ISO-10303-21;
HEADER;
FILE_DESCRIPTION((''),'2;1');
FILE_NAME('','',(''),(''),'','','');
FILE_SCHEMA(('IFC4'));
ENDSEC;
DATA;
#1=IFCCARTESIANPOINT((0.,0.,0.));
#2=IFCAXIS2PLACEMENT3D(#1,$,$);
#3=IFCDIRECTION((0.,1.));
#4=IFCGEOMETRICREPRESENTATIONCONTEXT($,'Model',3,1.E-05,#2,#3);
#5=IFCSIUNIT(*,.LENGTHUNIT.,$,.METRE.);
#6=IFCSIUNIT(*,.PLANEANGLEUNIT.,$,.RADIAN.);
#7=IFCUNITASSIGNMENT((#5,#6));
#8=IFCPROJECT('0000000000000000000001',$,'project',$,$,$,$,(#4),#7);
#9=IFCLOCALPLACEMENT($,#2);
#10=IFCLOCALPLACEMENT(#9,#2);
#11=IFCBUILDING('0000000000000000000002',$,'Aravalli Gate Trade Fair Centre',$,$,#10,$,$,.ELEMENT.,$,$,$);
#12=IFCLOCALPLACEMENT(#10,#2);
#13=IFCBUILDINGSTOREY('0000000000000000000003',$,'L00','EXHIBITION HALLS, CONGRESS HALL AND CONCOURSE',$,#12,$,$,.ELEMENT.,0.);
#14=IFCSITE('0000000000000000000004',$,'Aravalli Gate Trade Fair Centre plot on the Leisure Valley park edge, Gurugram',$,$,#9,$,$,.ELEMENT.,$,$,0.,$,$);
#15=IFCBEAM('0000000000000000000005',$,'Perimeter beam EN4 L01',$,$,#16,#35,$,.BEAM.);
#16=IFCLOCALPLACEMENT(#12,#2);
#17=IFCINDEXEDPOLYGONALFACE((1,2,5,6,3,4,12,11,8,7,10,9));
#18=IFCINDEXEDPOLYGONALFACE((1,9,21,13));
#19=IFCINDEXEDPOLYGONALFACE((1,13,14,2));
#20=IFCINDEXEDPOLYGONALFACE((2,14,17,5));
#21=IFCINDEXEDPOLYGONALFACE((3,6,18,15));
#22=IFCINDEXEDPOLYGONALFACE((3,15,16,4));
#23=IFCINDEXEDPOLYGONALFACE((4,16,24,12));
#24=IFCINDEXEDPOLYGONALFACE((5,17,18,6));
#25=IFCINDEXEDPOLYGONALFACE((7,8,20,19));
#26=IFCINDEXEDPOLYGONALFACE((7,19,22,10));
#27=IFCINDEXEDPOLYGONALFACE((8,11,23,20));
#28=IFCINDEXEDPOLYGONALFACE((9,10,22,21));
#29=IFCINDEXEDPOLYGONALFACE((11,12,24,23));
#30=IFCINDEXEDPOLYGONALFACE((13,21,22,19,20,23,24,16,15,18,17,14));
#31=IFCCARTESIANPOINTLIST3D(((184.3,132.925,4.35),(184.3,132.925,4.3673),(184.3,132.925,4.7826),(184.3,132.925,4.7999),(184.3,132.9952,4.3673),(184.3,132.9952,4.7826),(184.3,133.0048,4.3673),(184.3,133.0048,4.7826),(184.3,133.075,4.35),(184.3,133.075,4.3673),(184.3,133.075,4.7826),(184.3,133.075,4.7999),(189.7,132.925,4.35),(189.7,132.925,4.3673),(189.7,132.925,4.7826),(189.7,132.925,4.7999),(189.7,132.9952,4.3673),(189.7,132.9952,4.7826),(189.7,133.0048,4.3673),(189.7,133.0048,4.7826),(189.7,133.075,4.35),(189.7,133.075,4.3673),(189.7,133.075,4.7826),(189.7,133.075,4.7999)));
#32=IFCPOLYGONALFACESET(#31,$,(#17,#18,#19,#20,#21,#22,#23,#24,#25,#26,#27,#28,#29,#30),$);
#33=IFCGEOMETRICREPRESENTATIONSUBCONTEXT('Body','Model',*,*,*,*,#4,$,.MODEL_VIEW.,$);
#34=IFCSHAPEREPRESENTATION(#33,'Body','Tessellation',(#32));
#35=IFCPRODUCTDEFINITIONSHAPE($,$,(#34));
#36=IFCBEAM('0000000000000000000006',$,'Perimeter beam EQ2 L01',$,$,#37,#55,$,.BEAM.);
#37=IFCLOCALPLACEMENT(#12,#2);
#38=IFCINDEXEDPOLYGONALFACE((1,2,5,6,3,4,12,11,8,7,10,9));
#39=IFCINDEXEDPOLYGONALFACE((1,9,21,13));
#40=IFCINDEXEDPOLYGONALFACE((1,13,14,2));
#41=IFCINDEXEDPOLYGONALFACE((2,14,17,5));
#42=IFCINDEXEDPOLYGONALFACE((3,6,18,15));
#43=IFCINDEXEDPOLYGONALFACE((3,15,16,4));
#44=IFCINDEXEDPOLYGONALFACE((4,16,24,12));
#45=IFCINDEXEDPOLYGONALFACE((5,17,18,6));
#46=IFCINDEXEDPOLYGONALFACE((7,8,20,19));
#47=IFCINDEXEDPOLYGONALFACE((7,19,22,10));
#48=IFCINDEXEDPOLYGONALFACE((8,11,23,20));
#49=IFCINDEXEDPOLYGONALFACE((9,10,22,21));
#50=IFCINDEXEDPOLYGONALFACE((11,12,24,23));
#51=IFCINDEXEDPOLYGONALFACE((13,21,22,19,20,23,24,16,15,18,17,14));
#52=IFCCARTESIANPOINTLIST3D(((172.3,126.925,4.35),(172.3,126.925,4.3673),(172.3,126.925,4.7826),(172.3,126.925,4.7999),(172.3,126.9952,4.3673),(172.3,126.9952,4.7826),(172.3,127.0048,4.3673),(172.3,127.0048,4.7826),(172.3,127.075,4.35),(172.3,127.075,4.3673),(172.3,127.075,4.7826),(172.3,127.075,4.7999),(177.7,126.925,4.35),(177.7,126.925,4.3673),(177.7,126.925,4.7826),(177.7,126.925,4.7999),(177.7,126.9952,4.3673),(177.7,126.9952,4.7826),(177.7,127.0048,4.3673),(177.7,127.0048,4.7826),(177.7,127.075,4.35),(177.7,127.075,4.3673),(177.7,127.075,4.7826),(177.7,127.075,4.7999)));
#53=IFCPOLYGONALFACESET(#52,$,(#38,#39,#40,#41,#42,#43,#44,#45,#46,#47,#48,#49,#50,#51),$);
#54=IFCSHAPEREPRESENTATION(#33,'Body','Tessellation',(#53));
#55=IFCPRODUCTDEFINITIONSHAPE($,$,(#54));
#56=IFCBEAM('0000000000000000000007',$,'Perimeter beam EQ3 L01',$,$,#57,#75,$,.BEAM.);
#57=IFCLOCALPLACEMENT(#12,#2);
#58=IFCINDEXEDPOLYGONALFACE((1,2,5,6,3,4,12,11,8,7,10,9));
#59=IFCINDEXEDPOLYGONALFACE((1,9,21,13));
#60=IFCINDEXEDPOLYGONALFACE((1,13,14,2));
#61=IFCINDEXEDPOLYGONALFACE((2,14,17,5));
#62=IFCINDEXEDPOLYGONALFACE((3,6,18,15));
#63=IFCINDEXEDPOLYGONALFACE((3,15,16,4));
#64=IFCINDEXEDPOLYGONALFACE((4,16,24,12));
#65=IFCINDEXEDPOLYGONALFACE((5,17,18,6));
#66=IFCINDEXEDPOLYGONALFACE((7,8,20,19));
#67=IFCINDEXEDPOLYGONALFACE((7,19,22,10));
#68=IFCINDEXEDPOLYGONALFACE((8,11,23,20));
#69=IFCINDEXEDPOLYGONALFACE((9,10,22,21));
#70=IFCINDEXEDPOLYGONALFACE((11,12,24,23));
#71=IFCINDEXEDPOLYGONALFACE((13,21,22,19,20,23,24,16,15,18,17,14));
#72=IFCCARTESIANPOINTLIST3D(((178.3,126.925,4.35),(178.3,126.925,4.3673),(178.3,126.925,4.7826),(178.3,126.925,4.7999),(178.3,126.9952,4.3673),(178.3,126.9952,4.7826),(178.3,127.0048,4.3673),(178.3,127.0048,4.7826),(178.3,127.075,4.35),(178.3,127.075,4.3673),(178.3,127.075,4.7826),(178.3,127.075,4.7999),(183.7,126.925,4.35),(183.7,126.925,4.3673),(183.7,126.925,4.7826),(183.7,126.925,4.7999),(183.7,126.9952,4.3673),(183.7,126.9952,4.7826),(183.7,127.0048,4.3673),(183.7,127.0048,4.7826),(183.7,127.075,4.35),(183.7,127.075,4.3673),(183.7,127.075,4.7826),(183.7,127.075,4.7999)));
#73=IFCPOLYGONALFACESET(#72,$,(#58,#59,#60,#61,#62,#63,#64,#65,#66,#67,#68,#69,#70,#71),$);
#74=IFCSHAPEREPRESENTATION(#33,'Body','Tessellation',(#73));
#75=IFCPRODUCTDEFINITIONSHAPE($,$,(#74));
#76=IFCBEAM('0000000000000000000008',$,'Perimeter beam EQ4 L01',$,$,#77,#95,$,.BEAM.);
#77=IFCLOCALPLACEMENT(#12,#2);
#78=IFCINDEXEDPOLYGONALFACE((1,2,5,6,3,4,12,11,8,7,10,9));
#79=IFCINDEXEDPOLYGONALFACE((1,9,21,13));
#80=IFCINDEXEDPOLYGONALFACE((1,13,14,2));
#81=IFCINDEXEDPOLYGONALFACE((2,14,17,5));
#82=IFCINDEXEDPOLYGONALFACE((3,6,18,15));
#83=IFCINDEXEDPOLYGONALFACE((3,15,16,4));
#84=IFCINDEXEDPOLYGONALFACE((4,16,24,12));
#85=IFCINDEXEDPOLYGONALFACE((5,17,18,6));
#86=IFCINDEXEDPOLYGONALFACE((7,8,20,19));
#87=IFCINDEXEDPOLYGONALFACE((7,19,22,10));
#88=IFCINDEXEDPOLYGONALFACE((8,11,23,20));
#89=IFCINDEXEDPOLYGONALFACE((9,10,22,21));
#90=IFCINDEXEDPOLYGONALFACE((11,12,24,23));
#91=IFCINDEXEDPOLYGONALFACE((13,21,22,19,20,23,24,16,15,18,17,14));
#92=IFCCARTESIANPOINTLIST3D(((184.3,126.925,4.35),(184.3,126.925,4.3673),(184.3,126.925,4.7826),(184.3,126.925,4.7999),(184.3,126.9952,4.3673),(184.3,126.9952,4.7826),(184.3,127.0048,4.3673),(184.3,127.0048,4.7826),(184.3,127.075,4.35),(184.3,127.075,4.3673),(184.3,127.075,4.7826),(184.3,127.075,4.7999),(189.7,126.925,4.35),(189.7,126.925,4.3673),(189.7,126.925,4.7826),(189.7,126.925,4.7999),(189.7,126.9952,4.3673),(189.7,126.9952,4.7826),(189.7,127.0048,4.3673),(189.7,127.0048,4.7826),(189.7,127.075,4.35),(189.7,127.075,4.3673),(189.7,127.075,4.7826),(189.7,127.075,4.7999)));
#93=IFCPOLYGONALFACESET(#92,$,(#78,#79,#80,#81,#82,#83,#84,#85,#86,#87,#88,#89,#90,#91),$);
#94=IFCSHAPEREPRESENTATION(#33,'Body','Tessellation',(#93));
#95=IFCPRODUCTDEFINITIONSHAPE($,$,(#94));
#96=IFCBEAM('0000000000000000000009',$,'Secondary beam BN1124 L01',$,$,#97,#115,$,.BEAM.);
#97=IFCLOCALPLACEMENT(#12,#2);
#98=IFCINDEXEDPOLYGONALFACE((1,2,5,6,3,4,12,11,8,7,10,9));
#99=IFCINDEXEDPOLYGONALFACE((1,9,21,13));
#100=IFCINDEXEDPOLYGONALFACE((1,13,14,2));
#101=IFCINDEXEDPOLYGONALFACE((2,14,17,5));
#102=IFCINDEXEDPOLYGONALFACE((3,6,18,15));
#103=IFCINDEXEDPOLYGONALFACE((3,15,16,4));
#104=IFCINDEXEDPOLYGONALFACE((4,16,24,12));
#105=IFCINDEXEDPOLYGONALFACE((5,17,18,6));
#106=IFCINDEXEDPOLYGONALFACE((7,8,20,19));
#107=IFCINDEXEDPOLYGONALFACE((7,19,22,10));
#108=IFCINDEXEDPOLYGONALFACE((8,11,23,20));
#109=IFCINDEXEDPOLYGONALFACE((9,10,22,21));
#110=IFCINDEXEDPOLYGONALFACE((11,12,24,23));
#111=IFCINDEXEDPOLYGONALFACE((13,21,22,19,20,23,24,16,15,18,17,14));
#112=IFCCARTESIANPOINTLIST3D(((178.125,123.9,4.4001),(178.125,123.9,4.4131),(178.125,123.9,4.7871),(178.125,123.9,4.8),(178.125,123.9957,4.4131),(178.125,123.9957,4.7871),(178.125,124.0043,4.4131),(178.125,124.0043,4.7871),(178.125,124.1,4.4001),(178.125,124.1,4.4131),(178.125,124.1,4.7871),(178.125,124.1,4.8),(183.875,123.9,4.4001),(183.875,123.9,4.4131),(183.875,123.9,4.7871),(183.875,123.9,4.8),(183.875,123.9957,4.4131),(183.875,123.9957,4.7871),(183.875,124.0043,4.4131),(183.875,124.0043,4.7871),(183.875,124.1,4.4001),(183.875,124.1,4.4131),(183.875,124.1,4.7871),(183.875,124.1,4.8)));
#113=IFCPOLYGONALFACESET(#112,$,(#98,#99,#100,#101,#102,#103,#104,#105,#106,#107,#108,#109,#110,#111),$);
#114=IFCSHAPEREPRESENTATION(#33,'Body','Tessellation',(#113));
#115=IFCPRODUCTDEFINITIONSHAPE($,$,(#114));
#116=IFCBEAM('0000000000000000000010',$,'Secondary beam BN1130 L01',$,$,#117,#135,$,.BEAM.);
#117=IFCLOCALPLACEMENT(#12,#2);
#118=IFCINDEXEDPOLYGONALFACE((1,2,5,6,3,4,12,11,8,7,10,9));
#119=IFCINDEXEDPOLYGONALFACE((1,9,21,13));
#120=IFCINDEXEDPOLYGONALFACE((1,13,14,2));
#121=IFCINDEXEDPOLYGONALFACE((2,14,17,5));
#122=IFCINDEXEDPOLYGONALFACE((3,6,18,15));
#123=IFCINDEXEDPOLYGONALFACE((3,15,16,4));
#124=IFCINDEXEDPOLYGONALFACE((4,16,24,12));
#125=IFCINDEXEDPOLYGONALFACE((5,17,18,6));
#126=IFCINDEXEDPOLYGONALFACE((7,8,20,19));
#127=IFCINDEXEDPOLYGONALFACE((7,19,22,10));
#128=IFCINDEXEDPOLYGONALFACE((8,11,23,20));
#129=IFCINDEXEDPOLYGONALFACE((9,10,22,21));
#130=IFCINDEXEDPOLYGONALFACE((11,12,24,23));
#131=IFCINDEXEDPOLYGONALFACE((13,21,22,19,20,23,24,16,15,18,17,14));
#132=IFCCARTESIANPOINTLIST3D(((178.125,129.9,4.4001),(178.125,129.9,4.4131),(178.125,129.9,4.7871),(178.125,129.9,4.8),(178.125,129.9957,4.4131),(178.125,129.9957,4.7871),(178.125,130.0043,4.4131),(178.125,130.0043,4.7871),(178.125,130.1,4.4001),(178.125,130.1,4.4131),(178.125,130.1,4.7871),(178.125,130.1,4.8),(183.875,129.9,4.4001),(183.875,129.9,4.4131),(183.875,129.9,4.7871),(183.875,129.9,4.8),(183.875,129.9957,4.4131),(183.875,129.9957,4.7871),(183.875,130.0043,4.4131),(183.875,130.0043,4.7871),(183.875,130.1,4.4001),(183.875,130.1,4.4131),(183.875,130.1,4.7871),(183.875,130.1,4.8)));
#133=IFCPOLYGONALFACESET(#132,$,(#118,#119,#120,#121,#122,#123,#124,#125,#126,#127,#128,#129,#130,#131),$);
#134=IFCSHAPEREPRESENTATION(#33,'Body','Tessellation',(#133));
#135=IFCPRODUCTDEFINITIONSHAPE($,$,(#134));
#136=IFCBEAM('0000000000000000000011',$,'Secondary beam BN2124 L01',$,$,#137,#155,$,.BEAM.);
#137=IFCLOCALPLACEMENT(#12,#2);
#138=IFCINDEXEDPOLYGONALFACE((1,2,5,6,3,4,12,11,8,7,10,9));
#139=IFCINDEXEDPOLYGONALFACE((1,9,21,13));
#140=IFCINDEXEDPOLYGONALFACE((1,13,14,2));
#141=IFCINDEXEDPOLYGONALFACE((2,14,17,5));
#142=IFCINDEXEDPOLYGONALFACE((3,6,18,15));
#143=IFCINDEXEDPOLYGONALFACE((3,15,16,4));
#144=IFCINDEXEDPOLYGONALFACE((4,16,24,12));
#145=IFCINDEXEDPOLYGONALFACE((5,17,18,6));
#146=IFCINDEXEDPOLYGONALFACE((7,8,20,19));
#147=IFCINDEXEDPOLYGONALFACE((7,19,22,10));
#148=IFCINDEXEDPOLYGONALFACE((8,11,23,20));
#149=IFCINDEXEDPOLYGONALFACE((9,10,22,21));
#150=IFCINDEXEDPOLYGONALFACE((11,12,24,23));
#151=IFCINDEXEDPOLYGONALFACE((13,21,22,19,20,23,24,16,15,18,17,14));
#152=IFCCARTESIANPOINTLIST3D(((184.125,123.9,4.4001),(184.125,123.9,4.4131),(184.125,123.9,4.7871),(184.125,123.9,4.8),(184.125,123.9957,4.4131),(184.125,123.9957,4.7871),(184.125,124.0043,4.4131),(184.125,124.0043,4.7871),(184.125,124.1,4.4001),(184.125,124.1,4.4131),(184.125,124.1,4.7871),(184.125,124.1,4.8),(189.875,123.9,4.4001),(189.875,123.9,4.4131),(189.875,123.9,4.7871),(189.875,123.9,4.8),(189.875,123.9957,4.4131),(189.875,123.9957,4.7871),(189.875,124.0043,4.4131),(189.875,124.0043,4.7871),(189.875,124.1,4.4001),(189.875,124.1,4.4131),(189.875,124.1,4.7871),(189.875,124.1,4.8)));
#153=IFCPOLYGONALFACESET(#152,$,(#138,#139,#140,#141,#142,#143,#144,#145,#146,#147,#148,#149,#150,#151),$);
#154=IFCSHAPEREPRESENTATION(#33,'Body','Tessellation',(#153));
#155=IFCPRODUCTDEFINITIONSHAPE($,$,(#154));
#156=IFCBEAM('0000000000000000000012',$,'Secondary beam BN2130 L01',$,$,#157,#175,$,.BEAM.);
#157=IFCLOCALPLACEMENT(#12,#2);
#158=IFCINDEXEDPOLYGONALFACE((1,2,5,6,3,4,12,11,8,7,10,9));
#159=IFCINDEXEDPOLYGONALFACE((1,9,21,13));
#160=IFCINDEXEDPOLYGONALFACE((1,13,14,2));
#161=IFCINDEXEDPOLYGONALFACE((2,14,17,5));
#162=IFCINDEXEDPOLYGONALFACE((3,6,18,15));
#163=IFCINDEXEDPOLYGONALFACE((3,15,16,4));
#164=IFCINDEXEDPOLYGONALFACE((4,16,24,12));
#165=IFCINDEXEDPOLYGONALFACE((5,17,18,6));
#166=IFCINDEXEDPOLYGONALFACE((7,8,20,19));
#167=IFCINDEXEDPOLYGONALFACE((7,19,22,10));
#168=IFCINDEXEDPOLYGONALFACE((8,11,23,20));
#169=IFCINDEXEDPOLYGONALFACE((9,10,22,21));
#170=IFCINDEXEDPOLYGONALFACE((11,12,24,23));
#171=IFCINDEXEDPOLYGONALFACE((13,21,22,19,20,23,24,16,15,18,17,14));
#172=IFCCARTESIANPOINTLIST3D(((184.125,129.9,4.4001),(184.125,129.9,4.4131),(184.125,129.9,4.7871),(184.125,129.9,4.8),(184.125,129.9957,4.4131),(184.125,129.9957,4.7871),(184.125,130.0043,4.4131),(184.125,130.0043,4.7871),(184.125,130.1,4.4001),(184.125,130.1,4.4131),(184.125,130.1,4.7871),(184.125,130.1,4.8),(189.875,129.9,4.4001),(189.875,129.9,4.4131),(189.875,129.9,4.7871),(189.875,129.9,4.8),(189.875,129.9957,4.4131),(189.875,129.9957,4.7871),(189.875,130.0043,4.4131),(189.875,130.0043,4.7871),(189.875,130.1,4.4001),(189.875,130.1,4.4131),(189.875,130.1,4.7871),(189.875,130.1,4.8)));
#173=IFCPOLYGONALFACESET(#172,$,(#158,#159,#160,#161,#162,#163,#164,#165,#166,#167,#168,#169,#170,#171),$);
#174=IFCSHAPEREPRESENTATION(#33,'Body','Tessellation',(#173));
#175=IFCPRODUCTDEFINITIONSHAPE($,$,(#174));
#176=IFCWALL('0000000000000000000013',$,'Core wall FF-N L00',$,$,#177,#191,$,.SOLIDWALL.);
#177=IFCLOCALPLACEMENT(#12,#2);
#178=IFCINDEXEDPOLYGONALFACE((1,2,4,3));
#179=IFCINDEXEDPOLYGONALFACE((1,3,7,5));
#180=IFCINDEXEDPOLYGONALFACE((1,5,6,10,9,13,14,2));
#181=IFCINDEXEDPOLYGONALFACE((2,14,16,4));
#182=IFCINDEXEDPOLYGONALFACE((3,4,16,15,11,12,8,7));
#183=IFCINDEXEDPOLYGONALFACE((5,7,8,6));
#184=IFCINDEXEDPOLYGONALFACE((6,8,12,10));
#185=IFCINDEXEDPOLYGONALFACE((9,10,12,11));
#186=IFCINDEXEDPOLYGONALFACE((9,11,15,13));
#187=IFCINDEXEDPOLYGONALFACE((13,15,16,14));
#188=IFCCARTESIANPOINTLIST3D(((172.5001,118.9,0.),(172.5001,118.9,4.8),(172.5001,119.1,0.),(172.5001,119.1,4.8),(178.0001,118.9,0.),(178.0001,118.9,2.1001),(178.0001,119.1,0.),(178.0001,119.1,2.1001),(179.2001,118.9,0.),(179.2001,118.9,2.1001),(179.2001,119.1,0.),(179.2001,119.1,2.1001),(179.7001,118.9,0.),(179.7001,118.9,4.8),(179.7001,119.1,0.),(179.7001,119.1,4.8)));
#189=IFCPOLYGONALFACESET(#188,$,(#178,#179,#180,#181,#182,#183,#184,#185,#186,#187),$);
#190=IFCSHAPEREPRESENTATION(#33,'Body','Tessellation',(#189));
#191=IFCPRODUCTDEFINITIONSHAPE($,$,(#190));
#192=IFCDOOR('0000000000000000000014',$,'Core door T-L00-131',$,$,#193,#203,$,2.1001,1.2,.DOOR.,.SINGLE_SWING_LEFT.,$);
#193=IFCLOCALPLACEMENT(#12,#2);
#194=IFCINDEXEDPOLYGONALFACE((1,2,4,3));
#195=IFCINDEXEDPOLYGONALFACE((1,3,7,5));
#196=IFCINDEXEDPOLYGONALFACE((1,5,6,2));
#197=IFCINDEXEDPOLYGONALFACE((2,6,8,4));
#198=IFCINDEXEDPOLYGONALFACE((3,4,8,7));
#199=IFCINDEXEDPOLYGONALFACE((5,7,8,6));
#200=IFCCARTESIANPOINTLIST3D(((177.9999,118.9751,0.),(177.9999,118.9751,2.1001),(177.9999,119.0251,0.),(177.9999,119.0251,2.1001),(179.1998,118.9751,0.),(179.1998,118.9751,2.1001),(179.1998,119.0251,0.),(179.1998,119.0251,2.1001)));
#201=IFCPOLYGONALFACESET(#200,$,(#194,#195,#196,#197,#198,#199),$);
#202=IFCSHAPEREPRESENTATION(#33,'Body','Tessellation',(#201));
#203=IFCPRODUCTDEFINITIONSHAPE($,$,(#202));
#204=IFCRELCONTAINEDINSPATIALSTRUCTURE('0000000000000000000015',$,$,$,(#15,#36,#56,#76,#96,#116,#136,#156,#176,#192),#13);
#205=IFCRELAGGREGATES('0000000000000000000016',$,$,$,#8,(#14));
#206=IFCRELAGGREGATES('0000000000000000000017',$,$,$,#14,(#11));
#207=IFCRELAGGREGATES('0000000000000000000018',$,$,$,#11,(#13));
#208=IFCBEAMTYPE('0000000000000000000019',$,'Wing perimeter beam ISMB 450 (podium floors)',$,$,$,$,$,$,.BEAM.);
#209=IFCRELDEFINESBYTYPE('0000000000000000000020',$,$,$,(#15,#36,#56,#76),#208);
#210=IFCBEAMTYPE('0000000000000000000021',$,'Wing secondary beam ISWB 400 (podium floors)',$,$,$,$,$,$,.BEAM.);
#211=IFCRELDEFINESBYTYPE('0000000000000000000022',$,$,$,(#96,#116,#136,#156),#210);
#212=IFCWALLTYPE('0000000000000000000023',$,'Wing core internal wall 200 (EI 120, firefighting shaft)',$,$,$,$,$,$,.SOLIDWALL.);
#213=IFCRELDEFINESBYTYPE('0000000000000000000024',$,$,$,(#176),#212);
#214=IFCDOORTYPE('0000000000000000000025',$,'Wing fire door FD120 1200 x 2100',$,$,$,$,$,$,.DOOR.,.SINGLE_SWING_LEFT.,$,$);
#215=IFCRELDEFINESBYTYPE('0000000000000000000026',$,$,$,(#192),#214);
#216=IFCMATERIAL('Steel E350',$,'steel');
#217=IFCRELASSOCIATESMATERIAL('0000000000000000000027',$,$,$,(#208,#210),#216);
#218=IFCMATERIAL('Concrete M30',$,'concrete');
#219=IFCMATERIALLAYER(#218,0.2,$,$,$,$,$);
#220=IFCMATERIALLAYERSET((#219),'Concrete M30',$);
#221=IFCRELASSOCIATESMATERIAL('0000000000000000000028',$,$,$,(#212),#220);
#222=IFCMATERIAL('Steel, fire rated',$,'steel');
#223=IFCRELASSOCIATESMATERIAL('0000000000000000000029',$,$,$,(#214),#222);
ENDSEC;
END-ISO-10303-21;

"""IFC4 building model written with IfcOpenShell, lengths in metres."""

from ifc_helpers import new_model, si_unit, direction, frame, frame_2d, origin, origin_2d, place, context, subcontext, project, spatial, rectangle, i_section, extrude, material, layer, layer_set, material_profile, profile_set, type_object, element, fill, save


model = new_model("IFC4")

# Units and contexts
model_context = context("Model", 3, precision=1e-05, world=origin(), true_north=direction((0.0, 1.0)))
body_context = subcontext(model_context, "Body", "Model", "MODEL_VIEW")
ifc_project = project(units=[si_unit("LENGTHUNIT", "METRE"), si_unit("PLANEANGLEUNIT", "RADIAN")], contexts=[model_context])

# Site, building, storey
site_placement = place(None, origin())
site = spatial("IfcSite", under=ifc_project, at=site_placement, Name="Aravalli Gate Trade Fair Centre plot on the Leisure Valley park edge, Gurugram", CompositionType="ELEMENT", RefElevation=0.0)
building_placement = place(site_placement, origin())
building = spatial("IfcBuilding", under=site, at=building_placement, Name="Aravalli Gate Trade Fair Centre", CompositionType="ELEMENT")
storey_placement = place(building_placement, origin())
storey = spatial("IfcBuildingStorey", under=building, at=storey_placement, Name="L00", Description="EXHIBITION HALLS, CONGRESS HALL AND CONCOURSE", CompositionType="ELEMENT", Elevation=0.0)

# Shared definitions
ifc_material_1 = material(Name="Steel E350", Category="steel")

# Beams
ifc_material_profile_1 = material_profile(ifc_material_1, i_section(OverallWidth=0.1499, OverallDepth=0.45, WebThickness=0.0095, FlangeThickness=0.0173, at=origin_2d()), Name="ISMB 450")
ifc_profile_set_1 = profile_set([ifc_material_profile_1], Name="Steel E350")
beam_type_1 = type_object("IfcBeamType", Name="Wing perimeter beam ISMB 450 (podium floors)", PredefinedType="BEAM", material=ifc_profile_set_1)
for number, where, z_axis, x_axis, name in (
    (1, (184.3, 133.0, 4.575), (1.0, 0.0, 0.0), (0.0, 1.0, 0.0), "Perimeter beam EN4 L01"),
    (2, (172.3, 127.0, 4.575), (1.0, 0.0, 0.0), (0.0, 1.0, 0.0), "Perimeter beam EQ2 L01"),
    (3, (178.3, 127.0, 4.575), (1.0, 0.0, 0.0), (0.0, 1.0, 0.0), "Perimeter beam EQ3 L01"),
    (4, (184.3, 127.0, 4.575), (1.0, 0.0, 0.0), (0.0, 1.0, 0.0), "Perimeter beam EQ4 L01"),
):
    element("IfcBeam", number, at=place(storey_placement, frame(where, z_axis=z_axis, x_axis=x_axis)), inside=storey, type_object=beam_type_1, Name=name, PredefinedType="BEAM", context=body_context, shape_type="SweptSolid", body=[
        extrude(i_section(OverallWidth=0.1499, OverallDepth=0.45, WebThickness=0.0095, FlangeThickness=0.0173, at=origin_2d()), origin(), (0.0, 0.0, 1.0), 5.3999),
    ])
ifc_material_profile_2 = material_profile(ifc_material_1, i_section(OverallWidth=0.2, OverallDepth=0.3999, WebThickness=0.0085, FlangeThickness=0.0129, at=origin_2d()), Name="ISWB 400")
ifc_profile_set_2 = profile_set([ifc_material_profile_2], Name="Steel E350")
beam_type_2 = type_object("IfcBeamType", Name="Wing secondary beam ISWB 400 (podium floors)", PredefinedType="BEAM", material=ifc_profile_set_2)
for number, where, z_axis, x_axis, name in (
    (5, (178.125, 124.0, 4.6001), (1.0, 0.0, 0.0), (0.0, 1.0, 0.0), "Secondary beam BN1124 L01"),
    (6, (178.125, 130.0, 4.6001), (1.0, 0.0, 0.0), (0.0, 1.0, 0.0), "Secondary beam BN1130 L01"),
    (7, (184.125, 124.0, 4.6001), (1.0, 0.0, 0.0), (0.0, 1.0, 0.0), "Secondary beam BN2124 L01"),
    (8, (184.125, 130.0, 4.6001), (1.0, 0.0, 0.0), (0.0, 1.0, 0.0), "Secondary beam BN2130 L01"),
):
    element("IfcBeam", number, at=place(storey_placement, frame(where, z_axis=z_axis, x_axis=x_axis)), inside=storey, type_object=beam_type_2, Name=name, PredefinedType="BEAM", context=body_context, shape_type="SweptSolid", body=[
        extrude(i_section(OverallWidth=0.2, OverallDepth=0.3999, WebThickness=0.0085, FlangeThickness=0.0129, at=origin_2d()), origin(), (0.0, 0.0, 1.0), 5.75),
    ])

# Wall, opening, door
ifc_material_2 = material(Name="Concrete M30", Category="concrete")
ifc_layer_1 = layer(ifc_material_2, 0.2)
ifc_layer_set_1 = layer_set([ifc_layer_1], Name="Concrete M30")
wall_type_1 = type_object("IfcWallType", Name="Wing core internal wall 200 (EI 120, firefighting shaft)", PredefinedType="SOLIDWALL", material=ifc_layer_set_1)
wall_1_placement = place(storey_placement, frame((172.5, 119.0, 0.0), z_axis=(0.0, 0.0, 1.0), x_axis=(1.0, 0.0, 0.0)))
wall_1 = element("IfcWall", 9, at=wall_1_placement, inside=storey, type_object=wall_type_1, Name="Core wall FF-N L00", PredefinedType="SOLIDWALL", context=body_context, shape_type="SweptSolid", body=[
    extrude(rectangle(XDim=7.2, YDim=0.2, at=frame_2d((3.6001, 0.0))), origin(), (0.0, 0.0, 1.0), 4.8),
])
opening_1_placement = place(wall_1_placement, frame((5.5, 0.0, 0.0)))
opening_1 = element("IfcOpeningElement", 10, at=opening_1_placement, cuts=wall_1, PredefinedType="OPENING", context=body_context, shape_type="SweptSolid", body=[
    extrude(rectangle(XDim=1.2, YDim=2.1001, at=frame_2d((0.6001, 1.05))), frame((0.0, 0.1099, 0.0), z_axis=(0.0, -1.0, 0.0), x_axis=(1.0, 0.0, 0.0)), (0.0, 0.0, 1.0), 0.22),
])
ifc_material_3 = material(Name="Steel, fire rated", Category="steel")
door_type_1 = type_object("IfcDoorType", Name="Wing fire door FD120 1200 x 2100", OperationType="SINGLE_SWING_LEFT", PredefinedType="DOOR", material=ifc_material_3)
door_1_placement = place(opening_1_placement, frame((1.2, 0.0, 0.0), z_axis=(0.0, 0.0, 1.0), x_axis=(-1.0, 0.0, 0.0)))
door_1 = element("IfcDoor", 11, at=door_1_placement, inside=storey, type_object=door_type_1, Name="Core door T-L00-131", OperationType="SINGLE_SWING_LEFT", OverallHeight=2.1001, OverallWidth=1.2, PredefinedType="DOOR", context=body_context, shape_type="SweptSolid", body=[
    extrude(rectangle(XDim=1.2, YDim=2.1001, at=frame_2d((0.6001, 1.05))), frame((0.0, 0.0249, 0.0), z_axis=(0.0, -1.0, 0.0), x_axis=(1.0, 0.0, 0.0)), (0.0, 0.0, 1.0), 0.05),
])
fill(opening_1, door_1)

save(model, "model.ifc")
